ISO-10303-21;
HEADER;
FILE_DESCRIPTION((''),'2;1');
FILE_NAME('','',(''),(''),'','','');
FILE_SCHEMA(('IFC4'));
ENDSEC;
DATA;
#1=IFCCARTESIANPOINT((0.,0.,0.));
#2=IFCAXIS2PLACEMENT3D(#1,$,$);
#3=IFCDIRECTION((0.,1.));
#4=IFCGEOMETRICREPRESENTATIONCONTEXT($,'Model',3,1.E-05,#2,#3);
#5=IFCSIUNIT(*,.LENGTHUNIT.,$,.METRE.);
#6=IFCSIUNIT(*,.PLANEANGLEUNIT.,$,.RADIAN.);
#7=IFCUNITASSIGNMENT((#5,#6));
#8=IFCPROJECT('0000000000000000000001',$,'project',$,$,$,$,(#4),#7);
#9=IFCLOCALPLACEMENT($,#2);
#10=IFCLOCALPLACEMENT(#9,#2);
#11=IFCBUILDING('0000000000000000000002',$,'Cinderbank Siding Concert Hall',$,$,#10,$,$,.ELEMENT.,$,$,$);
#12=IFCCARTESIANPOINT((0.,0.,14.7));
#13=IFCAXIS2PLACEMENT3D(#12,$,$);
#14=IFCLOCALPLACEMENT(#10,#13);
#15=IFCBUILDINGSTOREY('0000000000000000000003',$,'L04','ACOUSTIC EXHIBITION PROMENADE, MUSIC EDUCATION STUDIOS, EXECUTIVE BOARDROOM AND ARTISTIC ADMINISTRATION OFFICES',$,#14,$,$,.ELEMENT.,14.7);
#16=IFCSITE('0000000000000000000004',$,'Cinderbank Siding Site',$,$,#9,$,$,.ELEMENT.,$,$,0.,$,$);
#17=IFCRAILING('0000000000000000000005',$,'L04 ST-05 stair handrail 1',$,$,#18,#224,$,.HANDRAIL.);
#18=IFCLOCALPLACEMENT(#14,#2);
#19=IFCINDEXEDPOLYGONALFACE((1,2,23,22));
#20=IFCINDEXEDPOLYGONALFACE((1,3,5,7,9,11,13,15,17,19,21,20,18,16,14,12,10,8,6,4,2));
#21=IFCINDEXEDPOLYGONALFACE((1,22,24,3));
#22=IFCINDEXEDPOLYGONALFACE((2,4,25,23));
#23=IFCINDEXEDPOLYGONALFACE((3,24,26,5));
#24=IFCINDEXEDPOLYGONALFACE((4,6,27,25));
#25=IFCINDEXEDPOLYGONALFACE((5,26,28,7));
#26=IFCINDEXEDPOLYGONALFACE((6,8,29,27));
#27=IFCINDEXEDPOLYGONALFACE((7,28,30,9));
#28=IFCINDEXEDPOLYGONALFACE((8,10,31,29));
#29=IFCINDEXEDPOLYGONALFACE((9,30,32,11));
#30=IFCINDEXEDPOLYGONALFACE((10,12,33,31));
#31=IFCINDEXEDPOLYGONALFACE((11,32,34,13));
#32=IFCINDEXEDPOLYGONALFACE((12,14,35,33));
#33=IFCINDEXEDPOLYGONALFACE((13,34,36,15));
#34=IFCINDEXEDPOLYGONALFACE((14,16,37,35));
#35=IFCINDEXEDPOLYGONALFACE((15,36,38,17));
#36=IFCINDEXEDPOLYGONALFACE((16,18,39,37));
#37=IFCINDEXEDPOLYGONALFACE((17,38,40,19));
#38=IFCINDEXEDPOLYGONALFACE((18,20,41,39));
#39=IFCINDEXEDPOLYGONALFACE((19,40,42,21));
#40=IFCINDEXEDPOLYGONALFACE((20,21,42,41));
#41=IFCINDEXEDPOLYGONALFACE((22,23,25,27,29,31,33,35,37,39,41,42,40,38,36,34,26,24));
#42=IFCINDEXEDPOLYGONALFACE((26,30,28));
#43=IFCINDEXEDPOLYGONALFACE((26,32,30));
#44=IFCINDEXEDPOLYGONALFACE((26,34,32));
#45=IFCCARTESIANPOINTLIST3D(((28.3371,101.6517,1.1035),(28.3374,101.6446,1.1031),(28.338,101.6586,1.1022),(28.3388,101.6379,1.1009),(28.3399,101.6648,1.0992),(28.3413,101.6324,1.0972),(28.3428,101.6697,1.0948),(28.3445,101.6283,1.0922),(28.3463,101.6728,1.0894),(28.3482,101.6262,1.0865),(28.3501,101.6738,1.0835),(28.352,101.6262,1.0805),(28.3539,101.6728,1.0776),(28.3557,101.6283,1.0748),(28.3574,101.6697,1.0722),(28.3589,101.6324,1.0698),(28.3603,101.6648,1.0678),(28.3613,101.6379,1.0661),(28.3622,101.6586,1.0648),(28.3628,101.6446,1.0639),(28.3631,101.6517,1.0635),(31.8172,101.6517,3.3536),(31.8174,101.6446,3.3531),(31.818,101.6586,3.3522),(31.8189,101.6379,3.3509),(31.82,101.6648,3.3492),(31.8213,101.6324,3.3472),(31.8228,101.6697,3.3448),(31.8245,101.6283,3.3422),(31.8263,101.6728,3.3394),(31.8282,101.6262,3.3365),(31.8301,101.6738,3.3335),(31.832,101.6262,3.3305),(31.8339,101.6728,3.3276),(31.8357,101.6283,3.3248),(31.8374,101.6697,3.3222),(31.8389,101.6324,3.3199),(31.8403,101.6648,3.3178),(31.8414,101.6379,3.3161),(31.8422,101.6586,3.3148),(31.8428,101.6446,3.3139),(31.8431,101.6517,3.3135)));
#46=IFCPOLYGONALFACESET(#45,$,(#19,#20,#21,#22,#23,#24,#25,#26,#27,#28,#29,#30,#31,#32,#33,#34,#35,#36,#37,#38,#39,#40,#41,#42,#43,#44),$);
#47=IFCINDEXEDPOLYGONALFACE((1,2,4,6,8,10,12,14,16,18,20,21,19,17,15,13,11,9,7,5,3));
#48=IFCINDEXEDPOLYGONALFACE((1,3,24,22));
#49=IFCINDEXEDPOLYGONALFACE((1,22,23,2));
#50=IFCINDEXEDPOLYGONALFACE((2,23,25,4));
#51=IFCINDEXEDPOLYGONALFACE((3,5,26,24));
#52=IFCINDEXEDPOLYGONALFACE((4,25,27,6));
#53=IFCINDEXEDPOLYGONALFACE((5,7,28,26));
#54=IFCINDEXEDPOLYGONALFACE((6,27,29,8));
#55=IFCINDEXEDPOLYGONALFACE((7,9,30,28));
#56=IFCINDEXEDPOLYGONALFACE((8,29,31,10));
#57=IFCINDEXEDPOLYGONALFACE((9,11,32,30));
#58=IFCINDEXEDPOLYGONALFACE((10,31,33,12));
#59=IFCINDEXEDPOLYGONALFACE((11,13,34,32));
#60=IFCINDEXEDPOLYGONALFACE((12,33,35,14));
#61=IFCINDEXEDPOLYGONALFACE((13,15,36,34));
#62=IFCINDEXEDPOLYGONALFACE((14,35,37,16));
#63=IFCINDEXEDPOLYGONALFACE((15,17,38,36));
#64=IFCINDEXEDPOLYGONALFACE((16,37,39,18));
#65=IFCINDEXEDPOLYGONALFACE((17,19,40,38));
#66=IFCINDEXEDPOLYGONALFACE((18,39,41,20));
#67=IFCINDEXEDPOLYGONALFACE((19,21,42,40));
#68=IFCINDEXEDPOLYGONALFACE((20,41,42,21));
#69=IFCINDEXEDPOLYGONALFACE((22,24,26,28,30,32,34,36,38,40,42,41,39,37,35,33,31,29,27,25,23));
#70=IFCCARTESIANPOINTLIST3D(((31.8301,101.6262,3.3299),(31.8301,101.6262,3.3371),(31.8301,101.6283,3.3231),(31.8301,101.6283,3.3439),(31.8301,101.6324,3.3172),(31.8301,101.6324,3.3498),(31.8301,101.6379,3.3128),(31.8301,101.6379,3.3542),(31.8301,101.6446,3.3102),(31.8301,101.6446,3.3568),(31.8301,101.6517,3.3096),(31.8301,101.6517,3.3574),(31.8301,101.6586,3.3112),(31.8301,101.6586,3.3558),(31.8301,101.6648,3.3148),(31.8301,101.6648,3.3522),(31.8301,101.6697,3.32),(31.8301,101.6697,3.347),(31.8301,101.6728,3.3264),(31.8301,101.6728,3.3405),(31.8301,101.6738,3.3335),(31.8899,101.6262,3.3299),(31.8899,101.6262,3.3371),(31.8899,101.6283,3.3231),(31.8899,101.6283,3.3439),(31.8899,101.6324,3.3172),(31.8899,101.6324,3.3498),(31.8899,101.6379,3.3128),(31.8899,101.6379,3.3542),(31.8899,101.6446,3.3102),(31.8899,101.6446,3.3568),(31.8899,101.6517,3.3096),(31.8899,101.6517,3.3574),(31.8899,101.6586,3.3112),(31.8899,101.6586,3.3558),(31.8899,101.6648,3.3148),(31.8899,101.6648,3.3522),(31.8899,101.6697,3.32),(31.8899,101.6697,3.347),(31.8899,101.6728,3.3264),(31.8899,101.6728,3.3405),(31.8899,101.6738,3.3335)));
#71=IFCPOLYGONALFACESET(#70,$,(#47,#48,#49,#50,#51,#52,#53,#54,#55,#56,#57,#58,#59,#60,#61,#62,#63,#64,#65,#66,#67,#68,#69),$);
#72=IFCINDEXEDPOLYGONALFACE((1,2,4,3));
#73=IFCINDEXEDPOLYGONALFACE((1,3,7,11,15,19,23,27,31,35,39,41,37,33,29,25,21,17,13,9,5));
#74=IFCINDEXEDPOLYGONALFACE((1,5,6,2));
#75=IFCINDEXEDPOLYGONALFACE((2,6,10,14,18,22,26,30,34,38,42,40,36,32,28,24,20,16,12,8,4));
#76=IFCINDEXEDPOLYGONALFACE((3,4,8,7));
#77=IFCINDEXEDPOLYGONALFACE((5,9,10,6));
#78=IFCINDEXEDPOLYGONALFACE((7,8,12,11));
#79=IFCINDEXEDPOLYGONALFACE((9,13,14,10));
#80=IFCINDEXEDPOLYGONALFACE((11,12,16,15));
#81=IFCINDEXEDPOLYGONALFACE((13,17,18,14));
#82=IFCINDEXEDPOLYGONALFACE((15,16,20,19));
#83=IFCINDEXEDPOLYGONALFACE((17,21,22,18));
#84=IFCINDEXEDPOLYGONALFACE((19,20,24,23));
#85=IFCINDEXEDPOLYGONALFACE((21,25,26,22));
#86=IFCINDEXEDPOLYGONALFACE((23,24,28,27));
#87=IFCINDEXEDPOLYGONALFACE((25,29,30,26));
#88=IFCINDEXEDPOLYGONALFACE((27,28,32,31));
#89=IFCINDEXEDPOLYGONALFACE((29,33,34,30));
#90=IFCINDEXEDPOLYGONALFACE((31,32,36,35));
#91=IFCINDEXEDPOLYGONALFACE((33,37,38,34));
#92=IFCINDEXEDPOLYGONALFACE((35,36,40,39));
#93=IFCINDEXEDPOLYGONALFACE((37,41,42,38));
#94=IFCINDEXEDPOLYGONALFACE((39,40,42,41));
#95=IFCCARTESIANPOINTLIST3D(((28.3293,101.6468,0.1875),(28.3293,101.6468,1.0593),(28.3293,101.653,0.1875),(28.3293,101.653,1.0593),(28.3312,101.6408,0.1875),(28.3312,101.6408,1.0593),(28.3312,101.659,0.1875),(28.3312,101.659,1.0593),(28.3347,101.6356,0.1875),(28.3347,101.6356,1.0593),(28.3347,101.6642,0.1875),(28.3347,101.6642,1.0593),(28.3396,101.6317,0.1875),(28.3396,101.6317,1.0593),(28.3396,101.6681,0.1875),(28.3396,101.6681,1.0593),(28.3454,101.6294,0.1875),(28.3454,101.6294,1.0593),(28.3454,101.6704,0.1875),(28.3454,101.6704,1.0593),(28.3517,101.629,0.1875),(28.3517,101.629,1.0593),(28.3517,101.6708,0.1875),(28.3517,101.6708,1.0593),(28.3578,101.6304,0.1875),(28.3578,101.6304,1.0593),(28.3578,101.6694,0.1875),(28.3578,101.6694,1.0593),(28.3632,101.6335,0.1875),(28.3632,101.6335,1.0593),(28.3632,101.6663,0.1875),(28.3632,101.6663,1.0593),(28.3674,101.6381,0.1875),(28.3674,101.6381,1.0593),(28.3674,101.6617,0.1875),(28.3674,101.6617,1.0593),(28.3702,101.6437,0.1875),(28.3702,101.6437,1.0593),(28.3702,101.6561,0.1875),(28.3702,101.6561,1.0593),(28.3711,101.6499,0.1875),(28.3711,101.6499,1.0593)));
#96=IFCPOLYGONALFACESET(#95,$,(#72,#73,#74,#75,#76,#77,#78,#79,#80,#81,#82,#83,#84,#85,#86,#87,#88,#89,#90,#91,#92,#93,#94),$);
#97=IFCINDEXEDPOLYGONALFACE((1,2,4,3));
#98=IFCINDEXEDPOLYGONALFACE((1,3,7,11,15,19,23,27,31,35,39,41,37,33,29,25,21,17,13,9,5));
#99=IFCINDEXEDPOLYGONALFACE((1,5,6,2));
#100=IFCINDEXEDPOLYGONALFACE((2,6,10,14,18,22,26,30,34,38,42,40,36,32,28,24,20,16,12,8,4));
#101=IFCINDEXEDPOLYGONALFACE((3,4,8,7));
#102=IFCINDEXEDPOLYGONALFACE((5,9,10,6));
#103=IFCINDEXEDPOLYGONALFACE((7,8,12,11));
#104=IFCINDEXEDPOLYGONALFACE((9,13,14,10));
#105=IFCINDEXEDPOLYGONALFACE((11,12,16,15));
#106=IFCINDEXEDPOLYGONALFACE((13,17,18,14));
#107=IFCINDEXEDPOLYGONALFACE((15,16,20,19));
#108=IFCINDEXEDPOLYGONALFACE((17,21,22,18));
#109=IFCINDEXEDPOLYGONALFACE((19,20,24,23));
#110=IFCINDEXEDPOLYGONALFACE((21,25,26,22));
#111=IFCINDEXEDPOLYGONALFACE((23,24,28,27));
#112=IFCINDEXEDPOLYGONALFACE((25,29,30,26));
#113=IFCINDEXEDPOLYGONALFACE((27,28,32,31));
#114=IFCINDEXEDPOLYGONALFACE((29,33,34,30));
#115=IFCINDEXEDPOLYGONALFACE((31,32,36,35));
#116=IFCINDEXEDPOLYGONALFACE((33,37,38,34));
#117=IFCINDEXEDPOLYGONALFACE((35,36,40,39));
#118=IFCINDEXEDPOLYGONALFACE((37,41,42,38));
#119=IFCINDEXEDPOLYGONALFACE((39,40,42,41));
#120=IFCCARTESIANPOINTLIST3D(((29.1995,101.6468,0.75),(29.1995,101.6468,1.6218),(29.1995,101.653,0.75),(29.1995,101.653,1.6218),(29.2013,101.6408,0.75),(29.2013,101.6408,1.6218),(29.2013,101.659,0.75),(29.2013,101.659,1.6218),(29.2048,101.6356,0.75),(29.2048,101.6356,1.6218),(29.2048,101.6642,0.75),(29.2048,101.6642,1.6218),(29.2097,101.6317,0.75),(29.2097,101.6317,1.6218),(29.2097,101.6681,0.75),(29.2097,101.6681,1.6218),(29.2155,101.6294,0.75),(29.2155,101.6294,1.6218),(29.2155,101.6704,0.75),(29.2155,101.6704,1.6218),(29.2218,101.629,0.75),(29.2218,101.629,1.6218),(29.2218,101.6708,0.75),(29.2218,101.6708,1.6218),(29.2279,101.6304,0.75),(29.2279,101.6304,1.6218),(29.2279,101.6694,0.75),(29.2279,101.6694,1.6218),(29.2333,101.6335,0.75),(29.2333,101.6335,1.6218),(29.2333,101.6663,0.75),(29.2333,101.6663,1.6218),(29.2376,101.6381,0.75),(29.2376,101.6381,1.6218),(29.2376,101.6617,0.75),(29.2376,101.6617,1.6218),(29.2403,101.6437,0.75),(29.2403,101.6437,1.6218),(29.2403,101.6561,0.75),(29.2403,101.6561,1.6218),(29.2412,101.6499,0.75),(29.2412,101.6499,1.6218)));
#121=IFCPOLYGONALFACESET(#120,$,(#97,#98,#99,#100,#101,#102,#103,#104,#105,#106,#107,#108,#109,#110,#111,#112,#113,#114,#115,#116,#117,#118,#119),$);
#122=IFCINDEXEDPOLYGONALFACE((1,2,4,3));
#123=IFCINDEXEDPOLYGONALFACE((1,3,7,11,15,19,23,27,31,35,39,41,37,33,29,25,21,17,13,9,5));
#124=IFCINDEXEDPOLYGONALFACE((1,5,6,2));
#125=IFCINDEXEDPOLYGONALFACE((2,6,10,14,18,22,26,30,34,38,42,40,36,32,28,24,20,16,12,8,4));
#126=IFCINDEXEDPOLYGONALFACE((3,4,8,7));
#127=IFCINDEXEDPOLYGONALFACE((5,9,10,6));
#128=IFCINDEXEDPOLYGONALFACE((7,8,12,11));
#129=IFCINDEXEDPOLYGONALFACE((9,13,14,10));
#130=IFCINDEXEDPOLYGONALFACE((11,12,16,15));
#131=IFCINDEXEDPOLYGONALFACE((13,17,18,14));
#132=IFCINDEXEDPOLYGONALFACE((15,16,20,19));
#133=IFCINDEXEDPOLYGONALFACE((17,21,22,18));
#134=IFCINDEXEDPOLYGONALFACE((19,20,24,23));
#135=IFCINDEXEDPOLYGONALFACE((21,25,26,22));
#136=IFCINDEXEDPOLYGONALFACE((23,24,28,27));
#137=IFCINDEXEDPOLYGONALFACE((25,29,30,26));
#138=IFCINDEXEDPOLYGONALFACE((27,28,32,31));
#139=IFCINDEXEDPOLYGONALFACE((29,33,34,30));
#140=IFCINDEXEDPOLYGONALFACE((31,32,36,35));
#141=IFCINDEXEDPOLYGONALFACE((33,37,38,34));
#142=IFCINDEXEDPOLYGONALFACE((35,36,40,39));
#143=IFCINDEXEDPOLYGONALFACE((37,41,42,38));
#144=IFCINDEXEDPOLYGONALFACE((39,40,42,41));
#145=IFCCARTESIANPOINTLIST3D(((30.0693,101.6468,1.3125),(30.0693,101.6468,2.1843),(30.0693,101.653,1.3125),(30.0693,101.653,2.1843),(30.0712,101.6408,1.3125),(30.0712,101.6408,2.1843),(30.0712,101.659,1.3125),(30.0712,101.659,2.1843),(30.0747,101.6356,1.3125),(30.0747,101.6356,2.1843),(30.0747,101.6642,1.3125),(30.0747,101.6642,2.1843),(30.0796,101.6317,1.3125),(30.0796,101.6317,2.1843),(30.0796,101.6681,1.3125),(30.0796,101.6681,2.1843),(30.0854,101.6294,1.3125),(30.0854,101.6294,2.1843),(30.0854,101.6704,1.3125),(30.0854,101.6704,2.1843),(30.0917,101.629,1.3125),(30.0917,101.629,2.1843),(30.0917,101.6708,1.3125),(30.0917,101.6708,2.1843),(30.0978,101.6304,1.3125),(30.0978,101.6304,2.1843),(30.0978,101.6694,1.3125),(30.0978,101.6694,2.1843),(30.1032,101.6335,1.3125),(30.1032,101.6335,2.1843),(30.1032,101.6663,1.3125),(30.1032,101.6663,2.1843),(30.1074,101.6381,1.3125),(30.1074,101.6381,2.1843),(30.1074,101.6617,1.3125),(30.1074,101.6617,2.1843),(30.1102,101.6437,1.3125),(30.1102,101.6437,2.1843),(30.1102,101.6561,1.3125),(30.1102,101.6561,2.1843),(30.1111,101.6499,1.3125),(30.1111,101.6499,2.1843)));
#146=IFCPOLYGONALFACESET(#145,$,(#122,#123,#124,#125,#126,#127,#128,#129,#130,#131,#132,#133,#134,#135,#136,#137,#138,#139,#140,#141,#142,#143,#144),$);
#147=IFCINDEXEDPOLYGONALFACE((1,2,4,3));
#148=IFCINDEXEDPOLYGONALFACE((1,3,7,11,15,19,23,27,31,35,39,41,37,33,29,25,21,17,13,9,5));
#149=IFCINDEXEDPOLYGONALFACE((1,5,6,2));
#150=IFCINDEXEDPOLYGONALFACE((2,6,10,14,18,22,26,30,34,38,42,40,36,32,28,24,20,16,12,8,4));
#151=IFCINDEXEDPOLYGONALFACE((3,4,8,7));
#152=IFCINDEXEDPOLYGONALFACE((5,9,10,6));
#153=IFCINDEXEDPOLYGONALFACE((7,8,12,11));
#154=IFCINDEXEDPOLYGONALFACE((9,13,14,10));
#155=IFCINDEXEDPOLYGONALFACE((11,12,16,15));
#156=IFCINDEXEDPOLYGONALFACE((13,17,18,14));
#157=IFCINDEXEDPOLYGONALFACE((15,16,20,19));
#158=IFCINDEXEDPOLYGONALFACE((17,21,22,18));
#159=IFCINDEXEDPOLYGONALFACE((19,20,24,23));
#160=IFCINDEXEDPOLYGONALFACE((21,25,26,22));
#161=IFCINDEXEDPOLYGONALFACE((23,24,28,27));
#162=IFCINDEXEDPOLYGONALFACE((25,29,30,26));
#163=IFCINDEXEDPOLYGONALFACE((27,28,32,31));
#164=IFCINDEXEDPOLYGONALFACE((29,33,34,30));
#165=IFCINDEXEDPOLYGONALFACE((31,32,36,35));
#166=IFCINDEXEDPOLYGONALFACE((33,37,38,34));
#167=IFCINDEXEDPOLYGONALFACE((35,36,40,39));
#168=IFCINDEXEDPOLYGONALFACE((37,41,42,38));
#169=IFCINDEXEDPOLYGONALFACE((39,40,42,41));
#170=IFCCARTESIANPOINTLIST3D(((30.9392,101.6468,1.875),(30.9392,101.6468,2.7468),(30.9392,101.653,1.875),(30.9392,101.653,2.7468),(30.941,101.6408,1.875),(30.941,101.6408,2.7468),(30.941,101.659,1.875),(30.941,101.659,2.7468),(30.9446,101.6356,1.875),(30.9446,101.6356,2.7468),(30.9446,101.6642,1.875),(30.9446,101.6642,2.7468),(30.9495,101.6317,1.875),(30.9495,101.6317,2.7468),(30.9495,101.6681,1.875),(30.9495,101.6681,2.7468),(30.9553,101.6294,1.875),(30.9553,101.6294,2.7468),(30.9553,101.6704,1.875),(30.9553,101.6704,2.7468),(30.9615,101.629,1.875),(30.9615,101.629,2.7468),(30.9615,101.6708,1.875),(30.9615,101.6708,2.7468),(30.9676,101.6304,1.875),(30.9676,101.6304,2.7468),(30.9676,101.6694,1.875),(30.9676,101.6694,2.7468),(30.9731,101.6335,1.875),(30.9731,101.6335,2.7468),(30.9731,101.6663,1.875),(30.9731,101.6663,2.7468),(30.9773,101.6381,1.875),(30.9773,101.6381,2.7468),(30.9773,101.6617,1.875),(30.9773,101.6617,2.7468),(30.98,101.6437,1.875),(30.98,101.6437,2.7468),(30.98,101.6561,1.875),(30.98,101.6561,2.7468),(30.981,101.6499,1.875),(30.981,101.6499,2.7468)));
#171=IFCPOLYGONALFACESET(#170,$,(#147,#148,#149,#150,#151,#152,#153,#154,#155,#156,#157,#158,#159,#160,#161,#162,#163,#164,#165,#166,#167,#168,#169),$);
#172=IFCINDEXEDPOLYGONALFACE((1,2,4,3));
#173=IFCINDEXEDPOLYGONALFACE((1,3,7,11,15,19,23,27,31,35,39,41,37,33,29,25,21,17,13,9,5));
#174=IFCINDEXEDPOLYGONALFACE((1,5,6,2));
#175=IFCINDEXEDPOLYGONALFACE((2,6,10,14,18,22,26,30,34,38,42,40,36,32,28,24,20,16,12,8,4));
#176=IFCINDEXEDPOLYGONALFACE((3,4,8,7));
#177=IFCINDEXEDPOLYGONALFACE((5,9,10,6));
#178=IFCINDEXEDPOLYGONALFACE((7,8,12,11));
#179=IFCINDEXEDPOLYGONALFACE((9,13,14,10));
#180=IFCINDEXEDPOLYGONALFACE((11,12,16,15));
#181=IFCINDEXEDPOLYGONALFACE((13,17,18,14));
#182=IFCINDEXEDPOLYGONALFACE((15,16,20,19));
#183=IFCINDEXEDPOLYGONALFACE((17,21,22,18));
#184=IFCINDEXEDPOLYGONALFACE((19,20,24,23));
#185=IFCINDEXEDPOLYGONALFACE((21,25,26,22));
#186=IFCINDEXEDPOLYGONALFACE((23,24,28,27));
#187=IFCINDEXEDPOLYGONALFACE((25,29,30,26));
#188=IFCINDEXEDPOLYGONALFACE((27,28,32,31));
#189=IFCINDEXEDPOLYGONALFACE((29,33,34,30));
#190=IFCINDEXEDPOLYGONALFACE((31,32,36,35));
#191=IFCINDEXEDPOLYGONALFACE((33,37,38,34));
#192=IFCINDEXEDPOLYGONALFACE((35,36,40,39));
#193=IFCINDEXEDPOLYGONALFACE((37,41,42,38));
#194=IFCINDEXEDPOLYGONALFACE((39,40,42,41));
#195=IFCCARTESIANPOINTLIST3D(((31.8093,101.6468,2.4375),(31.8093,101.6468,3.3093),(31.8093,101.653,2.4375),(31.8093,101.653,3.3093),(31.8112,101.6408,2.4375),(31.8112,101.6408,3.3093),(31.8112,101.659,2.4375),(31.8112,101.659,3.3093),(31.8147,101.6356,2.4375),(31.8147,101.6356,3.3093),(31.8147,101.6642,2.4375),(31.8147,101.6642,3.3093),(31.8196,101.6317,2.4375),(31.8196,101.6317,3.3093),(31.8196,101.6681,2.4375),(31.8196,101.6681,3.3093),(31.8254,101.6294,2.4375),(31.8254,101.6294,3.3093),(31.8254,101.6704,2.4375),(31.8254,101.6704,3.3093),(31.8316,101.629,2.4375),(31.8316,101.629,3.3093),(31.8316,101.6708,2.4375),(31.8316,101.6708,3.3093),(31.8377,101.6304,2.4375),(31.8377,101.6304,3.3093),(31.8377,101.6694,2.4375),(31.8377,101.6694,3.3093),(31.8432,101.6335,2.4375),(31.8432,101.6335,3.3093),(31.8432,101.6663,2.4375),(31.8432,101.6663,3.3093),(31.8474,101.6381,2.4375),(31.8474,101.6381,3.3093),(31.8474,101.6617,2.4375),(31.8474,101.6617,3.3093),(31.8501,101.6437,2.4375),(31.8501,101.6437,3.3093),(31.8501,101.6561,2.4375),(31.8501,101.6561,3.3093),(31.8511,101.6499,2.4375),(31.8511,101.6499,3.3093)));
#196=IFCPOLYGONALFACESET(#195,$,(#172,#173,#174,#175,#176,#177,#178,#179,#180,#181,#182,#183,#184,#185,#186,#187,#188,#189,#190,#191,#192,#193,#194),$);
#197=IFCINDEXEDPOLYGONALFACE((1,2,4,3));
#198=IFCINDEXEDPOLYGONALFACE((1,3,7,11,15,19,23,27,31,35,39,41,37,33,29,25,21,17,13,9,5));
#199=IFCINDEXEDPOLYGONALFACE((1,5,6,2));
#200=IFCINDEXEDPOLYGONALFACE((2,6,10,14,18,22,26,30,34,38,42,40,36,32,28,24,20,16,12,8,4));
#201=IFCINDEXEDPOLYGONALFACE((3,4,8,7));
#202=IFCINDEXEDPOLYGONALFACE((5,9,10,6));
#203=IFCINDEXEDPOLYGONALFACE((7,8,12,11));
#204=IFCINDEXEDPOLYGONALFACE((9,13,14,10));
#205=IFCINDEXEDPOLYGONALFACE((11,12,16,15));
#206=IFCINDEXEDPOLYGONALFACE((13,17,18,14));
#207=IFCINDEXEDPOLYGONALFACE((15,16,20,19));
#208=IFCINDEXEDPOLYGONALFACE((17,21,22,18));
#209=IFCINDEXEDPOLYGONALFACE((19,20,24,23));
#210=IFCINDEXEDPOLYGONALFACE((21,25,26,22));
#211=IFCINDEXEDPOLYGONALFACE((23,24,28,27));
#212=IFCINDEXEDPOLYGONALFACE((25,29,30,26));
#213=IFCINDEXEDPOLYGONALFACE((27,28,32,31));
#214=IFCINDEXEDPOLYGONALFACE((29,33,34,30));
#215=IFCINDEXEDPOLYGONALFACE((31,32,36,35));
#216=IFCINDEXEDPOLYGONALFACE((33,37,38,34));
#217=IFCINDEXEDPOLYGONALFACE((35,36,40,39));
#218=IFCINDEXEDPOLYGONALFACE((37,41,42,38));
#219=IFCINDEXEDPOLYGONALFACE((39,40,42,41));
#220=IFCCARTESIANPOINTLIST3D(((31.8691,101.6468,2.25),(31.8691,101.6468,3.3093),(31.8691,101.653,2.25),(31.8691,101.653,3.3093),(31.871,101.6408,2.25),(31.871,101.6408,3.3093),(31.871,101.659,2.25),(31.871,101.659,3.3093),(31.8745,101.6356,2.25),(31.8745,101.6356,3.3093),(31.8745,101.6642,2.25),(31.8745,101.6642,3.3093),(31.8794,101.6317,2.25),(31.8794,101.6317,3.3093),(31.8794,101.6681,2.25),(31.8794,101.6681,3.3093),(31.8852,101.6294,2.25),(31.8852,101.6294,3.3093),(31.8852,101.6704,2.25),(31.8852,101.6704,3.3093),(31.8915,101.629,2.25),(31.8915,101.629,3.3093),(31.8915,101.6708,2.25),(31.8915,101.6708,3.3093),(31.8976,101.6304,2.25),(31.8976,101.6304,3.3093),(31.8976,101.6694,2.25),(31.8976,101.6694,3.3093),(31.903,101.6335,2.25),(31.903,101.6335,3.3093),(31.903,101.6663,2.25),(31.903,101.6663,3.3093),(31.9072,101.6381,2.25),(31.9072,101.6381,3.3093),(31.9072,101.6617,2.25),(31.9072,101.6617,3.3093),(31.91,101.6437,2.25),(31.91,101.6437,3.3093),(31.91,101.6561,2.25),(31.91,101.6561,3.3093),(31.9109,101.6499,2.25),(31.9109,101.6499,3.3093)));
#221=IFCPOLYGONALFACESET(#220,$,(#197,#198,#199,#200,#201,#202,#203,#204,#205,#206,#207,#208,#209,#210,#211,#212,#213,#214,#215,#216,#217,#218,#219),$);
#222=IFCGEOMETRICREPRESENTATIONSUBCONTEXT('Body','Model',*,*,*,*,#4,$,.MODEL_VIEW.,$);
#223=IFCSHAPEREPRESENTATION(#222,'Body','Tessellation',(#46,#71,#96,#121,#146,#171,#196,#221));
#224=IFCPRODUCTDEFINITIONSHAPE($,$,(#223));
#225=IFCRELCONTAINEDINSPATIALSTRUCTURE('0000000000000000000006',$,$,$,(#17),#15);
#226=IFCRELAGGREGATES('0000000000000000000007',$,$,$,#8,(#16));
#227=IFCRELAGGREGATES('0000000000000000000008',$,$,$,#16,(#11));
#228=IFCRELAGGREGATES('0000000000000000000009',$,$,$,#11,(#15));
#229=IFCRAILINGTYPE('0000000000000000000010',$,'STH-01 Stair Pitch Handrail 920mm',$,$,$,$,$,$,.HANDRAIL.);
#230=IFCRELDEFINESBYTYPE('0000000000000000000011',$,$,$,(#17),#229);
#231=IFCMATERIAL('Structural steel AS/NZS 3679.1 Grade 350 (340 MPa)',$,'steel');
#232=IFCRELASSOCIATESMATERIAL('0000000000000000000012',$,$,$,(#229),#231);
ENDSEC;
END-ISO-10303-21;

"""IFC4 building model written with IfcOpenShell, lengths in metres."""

from ifc_helpers import new_model, si_unit, direction, frame, origin, origin_2d, place, context, subcontext, project, spatial, circle, extrude, material, type_object, element, save


model = new_model("IFC4")

# Units and contexts
model_context = context("Model", 3, precision=1e-05, world=origin(), true_north=direction((0.0, 1.0)))
body_context = subcontext(model_context, "Body", "Model", "MODEL_VIEW")
ifc_project = project(units=[si_unit("LENGTHUNIT", "METRE"), si_unit("PLANEANGLEUNIT", "RADIAN")], contexts=[model_context])

# Site, building, storey
site_placement = place(None, origin())
site = spatial("IfcSite", under=ifc_project, at=site_placement, Name="Cinderbank Siding Site", CompositionType="ELEMENT", RefElevation=0.0)
building_placement = place(site_placement, origin())
building = spatial("IfcBuilding", under=site, at=building_placement, Name="Cinderbank Siding Concert Hall", CompositionType="ELEMENT")
storey_placement = place(building_placement, frame((0.0, 0.0, 14.7)))
storey = spatial("IfcBuildingStorey", under=building, at=storey_placement, Name="L04", Description="ACOUSTIC EXHIBITION PROMENADE, MUSIC EDUCATION STUDIOS, EXECUTIVE BOARDROOM AND ARTISTIC ADMINISTRATION OFFICES", CompositionType="ELEMENT", Elevation=14.7)

# Shared definitions
ifc_material_1 = material(Name="Structural steel AS/NZS 3679.1 Grade 350 (340 MPa)", Category="steel")

# Railing
railing_type_1 = type_object("IfcRailingType", Name="STH-01 Stair Pitch Handrail 920mm", PredefinedType="HANDRAIL", material=ifc_material_1)
railing_1_placement = place(storey_placement, frame((28.3501, 101.6499, 0.1875)))
element("IfcRailing", 1, at=railing_1_placement, inside=storey, type_object=railing_type_1, Name="L04 ST-05 stair handrail 1", PredefinedType="HANDRAIL", context=body_context, shape_type="SweptSolid", body=[
    extrude(circle(Radius=0.0239, at=origin_2d()), frame((0.0, 0.0, 0.896), z_axis=(0.839763, 0.0, 0.542953), x_axis=(0.0, 1.0, 0.0)), (0.0, 0.0, 1.0), 4.144),
    extrude(circle(Radius=0.0239, at=origin_2d()), frame((3.48, 0.0, 3.146), z_axis=(1.0, 0.0, 0.0), x_axis=(0.0, 1.0, 0.0)), (0.0, 0.0, 1.0), 0.0598),
    extrude(circle(Radius=0.021, at=origin_2d()), origin(), (0.0, 0.0, 1.0), 0.8718),
    extrude(circle(Radius=0.021, at=origin_2d()), frame((0.8701, 0.0, 0.5625)), (0.0, 0.0, 1.0), 0.8718),
    extrude(circle(Radius=0.021, at=origin_2d()), frame((1.74, 0.0, 1.125)), (0.0, 0.0, 1.0), 0.8718),
    extrude(circle(Radius=0.021, at=origin_2d()), frame((2.6099, 0.0, 1.6875)), (0.0, 0.0, 1.0), 0.8718),
    extrude(circle(Radius=0.021, at=origin_2d()), frame((3.48, 0.0, 2.25)), (0.0, 0.0, 1.0), 0.8718),
    extrude(circle(Radius=0.021, at=origin_2d()), frame((3.5398, 0.0, 2.0625)), (0.0, 0.0, 1.0), 1.0593),
])

save(model, "model.ifc")
